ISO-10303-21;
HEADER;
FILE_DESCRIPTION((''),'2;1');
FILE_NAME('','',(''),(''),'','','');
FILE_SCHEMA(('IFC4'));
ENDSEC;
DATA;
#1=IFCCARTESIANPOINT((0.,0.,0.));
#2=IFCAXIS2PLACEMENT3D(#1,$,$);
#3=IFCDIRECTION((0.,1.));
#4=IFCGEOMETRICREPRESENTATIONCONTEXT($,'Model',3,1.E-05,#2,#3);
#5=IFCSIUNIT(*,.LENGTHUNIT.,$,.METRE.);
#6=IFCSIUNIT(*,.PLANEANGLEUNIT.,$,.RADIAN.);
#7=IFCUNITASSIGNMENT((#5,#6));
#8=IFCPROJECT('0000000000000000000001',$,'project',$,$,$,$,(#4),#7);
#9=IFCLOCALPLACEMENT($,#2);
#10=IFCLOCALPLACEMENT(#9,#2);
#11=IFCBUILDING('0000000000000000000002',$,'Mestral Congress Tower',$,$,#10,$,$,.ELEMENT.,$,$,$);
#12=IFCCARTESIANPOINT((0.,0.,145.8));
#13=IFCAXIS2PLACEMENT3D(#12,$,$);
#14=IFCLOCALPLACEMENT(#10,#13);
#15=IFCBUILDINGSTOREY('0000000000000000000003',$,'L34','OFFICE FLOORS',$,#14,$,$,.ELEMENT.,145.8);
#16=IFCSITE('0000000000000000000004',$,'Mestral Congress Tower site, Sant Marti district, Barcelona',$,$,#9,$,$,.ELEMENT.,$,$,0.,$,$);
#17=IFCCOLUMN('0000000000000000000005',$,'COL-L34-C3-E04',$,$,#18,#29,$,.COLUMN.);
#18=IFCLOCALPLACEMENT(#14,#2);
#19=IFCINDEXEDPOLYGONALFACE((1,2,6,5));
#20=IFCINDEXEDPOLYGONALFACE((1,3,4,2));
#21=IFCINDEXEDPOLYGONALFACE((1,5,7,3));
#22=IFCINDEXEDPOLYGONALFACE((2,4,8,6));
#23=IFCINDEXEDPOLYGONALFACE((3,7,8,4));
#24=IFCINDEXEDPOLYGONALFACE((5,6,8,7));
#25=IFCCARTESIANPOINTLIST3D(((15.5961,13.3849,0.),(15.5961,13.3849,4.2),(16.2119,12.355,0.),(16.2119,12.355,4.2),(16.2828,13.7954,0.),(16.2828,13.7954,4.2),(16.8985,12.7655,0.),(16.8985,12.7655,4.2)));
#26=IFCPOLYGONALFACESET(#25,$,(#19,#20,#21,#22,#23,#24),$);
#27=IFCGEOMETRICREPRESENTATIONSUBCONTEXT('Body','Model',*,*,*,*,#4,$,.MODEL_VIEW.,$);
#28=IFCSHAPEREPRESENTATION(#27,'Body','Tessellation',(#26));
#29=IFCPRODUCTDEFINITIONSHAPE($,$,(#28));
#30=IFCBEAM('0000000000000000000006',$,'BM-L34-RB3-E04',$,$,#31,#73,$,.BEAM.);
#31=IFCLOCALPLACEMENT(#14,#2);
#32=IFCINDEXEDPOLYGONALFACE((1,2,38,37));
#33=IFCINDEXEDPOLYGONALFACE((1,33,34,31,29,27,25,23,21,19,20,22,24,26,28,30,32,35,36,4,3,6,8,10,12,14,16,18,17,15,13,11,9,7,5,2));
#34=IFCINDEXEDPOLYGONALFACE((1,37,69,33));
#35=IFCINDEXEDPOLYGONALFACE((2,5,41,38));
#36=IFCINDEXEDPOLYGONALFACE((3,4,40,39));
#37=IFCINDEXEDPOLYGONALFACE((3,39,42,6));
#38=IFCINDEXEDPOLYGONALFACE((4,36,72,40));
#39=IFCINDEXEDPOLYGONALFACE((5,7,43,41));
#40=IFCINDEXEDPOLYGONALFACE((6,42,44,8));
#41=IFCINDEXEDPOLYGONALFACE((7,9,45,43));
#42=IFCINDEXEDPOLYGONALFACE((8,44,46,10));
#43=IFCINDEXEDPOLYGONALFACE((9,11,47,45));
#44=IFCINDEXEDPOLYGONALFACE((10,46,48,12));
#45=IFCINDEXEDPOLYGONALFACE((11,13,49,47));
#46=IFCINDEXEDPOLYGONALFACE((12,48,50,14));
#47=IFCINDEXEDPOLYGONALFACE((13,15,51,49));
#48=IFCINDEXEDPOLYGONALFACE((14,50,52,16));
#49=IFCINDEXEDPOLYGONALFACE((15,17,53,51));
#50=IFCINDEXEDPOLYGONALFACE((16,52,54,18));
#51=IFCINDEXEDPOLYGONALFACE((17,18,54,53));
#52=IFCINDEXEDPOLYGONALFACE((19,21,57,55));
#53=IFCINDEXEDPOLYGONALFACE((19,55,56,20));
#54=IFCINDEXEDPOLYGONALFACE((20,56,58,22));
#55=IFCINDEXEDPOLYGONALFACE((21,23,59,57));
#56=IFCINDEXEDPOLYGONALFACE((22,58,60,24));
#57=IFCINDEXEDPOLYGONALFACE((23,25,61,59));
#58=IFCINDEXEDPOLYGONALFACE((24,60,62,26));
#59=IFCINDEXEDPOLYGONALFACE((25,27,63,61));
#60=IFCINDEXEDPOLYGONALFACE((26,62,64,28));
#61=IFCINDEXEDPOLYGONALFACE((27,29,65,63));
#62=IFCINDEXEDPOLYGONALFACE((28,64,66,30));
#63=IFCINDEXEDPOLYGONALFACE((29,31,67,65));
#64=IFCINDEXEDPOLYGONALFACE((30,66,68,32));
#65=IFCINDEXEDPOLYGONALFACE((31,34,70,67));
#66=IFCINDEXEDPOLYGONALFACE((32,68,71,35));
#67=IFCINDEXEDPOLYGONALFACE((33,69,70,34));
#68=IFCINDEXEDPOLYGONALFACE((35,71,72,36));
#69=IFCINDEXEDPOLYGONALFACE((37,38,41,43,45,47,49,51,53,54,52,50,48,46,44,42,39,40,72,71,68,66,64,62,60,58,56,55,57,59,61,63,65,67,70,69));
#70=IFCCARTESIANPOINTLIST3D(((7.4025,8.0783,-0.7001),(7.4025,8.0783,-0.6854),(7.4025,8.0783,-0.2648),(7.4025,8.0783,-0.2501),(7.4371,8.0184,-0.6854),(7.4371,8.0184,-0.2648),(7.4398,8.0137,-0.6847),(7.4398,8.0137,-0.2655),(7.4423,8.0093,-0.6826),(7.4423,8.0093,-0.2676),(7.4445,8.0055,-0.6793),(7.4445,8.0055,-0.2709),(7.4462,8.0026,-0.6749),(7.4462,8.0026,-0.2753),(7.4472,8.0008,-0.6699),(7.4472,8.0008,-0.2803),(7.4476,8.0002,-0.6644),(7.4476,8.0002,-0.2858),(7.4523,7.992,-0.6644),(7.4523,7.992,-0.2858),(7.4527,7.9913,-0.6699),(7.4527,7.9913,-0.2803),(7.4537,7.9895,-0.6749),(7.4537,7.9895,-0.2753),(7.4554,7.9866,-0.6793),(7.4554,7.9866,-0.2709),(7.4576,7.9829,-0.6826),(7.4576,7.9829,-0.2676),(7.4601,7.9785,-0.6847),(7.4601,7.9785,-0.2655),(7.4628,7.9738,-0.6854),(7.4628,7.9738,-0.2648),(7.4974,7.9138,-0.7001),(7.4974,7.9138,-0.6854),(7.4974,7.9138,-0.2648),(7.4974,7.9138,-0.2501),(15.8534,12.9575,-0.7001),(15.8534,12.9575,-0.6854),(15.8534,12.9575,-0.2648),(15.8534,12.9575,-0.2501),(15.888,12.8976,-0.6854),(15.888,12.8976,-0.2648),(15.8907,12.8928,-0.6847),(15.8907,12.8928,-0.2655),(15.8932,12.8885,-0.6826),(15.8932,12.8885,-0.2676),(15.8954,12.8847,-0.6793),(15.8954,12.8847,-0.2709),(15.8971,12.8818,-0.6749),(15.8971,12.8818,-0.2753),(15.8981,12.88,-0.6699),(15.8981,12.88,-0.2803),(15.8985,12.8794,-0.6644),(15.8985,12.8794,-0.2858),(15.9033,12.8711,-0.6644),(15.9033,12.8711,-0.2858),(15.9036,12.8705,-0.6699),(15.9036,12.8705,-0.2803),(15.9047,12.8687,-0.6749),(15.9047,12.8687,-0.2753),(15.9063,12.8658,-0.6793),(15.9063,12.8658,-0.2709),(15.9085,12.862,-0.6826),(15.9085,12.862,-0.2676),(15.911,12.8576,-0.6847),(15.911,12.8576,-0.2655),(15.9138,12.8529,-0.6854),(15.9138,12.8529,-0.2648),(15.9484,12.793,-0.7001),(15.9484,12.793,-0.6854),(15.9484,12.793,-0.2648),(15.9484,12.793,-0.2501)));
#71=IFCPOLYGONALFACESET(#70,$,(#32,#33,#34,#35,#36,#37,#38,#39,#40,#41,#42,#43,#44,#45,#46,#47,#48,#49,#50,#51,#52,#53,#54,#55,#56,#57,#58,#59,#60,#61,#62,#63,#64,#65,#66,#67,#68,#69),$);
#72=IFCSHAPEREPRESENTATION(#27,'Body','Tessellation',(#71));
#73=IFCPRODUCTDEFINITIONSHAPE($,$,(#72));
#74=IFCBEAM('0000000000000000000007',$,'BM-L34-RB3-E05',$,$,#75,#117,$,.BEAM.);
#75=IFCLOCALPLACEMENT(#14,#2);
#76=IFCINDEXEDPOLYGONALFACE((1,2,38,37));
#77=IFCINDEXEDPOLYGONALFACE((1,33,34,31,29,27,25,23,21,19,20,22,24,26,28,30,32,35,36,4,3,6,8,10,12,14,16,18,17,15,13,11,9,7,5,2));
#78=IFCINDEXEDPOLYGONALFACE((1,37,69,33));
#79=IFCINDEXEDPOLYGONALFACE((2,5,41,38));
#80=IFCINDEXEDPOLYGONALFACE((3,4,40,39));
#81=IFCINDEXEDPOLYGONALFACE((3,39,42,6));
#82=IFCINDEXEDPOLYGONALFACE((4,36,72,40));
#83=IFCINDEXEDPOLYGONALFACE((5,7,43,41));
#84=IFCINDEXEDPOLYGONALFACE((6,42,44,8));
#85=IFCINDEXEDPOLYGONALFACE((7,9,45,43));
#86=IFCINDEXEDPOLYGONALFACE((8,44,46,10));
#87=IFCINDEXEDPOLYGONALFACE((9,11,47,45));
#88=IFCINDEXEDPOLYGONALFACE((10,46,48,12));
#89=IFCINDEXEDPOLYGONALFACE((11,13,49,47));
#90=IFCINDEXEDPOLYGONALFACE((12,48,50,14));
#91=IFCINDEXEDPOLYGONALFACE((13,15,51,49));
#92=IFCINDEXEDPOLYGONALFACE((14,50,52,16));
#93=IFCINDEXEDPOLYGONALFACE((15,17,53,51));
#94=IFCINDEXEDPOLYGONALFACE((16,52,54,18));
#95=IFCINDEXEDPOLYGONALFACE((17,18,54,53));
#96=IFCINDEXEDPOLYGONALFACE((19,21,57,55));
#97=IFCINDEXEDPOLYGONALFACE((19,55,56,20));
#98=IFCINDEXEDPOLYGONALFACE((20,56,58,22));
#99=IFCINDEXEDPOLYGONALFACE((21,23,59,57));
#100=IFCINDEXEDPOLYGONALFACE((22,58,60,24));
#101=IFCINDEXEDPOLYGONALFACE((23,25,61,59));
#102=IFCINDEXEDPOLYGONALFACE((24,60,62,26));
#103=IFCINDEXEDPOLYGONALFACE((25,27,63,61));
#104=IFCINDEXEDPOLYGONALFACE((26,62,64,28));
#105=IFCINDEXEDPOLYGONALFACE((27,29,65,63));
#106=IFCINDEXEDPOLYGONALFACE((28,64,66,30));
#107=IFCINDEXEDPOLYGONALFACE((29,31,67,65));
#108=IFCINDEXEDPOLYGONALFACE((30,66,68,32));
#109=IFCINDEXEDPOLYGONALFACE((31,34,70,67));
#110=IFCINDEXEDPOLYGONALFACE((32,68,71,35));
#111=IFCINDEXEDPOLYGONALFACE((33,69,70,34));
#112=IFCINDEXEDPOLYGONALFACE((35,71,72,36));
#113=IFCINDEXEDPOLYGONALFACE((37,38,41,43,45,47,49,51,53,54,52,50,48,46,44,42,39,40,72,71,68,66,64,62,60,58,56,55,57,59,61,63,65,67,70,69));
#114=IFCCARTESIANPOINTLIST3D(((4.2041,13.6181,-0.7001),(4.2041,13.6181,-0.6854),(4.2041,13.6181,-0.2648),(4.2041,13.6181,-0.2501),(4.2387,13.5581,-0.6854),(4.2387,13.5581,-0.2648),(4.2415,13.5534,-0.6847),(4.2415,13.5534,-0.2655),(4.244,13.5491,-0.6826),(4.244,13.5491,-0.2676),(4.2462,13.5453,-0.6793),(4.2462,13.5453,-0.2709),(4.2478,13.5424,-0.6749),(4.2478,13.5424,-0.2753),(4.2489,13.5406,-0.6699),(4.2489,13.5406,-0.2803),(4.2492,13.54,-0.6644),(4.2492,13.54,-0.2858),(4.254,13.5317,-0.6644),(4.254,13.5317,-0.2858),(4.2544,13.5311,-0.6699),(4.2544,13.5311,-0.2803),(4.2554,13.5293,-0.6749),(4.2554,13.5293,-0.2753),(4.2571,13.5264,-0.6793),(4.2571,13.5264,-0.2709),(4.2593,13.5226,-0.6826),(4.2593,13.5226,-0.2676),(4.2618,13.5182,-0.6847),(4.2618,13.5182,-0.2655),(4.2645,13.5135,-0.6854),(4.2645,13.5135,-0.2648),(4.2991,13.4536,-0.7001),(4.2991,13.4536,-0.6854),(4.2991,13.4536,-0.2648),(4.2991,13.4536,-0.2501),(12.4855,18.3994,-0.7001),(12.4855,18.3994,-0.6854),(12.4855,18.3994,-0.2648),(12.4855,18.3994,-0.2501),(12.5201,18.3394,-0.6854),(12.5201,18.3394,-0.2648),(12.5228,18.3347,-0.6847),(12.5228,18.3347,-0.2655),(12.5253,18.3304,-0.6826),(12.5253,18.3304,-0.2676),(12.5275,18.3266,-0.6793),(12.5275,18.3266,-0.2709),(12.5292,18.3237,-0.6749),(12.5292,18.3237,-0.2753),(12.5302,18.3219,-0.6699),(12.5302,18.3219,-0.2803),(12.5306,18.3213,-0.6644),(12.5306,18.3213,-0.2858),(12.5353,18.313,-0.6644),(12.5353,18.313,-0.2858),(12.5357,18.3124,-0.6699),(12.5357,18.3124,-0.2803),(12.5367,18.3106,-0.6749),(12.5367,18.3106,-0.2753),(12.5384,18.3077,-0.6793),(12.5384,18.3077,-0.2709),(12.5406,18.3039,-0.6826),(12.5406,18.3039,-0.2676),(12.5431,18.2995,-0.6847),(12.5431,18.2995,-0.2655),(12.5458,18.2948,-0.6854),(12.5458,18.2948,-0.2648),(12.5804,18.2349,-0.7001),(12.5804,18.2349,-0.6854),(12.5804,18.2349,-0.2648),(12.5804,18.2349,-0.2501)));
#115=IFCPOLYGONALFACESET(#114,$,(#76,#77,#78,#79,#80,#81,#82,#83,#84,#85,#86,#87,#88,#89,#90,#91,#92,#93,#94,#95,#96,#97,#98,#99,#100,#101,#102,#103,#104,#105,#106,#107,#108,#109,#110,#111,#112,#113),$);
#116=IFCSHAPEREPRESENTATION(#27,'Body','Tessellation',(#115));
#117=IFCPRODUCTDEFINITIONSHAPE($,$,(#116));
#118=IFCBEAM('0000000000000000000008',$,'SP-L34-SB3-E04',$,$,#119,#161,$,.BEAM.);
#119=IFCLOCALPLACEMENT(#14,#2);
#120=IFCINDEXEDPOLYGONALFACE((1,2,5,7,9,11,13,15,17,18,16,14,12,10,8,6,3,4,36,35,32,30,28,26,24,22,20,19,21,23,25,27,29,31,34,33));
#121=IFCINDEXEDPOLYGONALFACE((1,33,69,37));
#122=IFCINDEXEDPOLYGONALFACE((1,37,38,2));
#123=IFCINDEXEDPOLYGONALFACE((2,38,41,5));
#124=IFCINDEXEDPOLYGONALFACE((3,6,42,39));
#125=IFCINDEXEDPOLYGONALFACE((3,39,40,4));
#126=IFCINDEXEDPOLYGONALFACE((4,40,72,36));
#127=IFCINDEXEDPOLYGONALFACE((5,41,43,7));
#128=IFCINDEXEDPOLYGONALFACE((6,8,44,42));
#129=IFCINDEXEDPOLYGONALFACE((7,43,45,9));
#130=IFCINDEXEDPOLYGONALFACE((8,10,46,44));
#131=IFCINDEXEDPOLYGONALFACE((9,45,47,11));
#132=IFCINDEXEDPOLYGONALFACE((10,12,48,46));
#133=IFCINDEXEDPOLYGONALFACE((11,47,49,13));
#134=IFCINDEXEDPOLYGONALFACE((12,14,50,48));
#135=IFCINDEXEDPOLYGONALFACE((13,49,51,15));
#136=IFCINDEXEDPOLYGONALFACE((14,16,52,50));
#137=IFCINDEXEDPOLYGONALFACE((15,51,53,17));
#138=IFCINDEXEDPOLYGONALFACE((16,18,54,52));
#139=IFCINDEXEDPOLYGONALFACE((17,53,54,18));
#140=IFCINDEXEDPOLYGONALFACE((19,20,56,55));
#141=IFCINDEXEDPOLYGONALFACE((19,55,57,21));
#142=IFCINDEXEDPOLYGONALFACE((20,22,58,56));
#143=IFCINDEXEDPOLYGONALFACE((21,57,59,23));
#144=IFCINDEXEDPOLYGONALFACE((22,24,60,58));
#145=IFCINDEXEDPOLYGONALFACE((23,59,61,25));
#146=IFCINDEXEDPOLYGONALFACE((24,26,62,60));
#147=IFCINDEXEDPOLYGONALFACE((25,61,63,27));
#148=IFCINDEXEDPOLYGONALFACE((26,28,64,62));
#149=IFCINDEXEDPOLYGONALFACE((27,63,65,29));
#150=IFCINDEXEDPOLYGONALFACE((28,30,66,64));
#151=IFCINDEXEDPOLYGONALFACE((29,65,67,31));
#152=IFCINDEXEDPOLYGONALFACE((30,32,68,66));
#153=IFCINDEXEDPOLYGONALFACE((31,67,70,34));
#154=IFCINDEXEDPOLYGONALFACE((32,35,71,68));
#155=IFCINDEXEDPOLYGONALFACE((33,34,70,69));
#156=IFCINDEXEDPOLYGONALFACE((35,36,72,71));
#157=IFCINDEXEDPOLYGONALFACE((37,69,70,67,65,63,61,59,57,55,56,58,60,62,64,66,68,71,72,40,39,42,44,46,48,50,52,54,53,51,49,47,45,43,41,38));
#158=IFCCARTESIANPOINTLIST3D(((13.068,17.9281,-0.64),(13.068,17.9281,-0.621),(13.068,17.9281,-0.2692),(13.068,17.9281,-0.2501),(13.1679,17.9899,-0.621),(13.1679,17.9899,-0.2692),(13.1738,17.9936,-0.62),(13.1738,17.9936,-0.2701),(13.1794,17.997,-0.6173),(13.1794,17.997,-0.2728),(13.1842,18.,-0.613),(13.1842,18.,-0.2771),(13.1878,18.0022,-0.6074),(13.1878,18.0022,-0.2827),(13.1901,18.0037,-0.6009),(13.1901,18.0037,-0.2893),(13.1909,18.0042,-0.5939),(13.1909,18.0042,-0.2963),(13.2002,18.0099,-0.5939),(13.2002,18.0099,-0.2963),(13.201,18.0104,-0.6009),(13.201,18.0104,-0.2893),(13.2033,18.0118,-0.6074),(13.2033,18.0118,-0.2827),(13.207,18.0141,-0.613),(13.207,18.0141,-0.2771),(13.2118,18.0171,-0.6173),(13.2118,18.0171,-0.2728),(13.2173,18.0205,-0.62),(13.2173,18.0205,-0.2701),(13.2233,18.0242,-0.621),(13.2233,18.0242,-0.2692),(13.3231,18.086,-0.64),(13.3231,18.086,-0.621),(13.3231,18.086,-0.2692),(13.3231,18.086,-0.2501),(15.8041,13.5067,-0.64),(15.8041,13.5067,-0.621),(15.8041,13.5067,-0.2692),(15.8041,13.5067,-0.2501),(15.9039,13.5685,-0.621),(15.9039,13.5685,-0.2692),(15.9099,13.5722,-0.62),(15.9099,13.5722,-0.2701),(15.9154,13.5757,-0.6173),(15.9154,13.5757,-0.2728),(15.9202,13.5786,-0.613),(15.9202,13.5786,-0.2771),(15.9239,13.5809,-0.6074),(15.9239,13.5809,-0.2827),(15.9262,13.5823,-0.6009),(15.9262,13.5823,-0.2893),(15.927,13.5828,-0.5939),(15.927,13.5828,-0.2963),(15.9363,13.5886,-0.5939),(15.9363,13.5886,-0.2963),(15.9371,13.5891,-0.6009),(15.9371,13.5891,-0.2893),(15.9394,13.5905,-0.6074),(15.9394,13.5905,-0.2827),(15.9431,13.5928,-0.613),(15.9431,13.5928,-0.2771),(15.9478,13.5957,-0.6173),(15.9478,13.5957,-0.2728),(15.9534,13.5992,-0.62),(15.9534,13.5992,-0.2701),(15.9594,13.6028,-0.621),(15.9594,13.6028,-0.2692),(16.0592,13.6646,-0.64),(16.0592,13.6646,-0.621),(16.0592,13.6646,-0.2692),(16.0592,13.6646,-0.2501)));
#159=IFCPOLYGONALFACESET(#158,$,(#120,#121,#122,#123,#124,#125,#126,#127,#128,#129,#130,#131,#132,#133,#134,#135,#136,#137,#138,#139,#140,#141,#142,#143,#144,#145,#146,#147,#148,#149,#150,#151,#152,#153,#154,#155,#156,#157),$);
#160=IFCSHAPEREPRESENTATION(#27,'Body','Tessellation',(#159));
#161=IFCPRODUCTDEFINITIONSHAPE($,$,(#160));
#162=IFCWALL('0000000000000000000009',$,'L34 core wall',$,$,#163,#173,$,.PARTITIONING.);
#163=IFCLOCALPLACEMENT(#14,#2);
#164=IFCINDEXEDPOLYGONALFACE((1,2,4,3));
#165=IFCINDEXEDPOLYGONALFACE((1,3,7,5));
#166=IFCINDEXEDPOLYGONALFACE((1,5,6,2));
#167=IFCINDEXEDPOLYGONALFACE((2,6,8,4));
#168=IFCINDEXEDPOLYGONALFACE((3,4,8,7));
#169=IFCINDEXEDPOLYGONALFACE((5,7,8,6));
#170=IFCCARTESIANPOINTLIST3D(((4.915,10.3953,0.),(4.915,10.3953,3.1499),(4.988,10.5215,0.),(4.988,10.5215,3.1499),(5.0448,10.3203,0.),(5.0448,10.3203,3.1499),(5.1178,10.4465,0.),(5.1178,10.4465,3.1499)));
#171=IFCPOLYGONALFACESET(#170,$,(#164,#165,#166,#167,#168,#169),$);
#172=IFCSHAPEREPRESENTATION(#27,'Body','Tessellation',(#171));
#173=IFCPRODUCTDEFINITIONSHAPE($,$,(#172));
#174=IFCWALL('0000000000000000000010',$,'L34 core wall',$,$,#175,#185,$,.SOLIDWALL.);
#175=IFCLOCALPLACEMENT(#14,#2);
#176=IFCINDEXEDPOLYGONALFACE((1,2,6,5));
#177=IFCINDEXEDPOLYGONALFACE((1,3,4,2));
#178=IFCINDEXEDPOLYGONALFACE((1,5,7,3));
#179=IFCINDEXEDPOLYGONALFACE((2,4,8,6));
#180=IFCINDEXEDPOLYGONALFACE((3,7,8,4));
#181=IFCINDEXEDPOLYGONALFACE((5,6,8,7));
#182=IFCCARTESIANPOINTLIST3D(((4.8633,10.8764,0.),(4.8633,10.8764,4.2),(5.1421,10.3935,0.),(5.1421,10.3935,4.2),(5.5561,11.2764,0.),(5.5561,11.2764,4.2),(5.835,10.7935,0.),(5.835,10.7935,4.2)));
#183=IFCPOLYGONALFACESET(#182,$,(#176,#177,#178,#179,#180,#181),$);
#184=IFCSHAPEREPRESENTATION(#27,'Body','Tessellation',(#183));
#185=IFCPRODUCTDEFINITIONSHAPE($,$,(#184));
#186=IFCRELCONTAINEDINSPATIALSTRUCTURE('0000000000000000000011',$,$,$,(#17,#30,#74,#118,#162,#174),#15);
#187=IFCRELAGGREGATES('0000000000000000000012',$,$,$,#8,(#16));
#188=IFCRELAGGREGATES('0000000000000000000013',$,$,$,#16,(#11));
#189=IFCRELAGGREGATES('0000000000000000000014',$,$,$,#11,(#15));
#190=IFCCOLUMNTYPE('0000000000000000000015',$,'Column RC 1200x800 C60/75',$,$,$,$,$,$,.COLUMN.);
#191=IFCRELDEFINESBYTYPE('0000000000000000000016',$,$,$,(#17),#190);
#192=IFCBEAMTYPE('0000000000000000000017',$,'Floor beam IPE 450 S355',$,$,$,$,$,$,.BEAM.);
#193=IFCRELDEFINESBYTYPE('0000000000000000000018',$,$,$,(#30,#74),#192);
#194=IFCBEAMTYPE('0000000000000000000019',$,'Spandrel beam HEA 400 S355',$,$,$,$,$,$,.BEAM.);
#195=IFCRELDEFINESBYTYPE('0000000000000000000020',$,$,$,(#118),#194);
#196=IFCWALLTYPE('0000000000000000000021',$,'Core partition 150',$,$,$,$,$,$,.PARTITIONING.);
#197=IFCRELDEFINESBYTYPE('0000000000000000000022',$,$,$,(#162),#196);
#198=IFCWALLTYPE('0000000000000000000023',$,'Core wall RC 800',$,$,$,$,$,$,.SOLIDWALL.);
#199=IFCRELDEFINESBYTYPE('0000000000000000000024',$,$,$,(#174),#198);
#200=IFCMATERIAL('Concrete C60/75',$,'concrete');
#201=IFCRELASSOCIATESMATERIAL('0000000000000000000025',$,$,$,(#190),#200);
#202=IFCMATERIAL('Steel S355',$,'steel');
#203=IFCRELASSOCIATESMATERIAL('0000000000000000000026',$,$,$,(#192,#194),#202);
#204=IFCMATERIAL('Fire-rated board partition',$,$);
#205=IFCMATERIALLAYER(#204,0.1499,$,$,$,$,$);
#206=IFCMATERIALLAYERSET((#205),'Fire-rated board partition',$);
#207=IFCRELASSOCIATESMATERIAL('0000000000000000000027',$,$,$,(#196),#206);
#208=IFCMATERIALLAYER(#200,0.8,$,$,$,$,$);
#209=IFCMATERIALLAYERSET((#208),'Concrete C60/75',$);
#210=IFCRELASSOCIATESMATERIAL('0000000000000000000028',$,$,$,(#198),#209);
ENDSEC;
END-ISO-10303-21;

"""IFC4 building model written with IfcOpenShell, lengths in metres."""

from ifc_helpers import new_model, si_unit, direction, frame, frame_2d, origin, origin_2d, place, context, subcontext, project, spatial, rectangle, i_section, extrude, material, layer, layer_set, material_profile, profile_set, type_object, element, save


model = new_model("IFC4")

# Units and contexts
model_context = context("Model", 3, precision=1e-05, world=origin(), true_north=direction((0.0, 1.0)))
body_context = subcontext(model_context, "Body", "Model", "MODEL_VIEW")
ifc_project = project(units=[si_unit("LENGTHUNIT", "METRE"), si_unit("PLANEANGLEUNIT", "RADIAN")], contexts=[model_context])

# Site, building, storey
site_placement = place(None, origin())
site = spatial("IfcSite", under=ifc_project, at=site_placement, Name="Mestral Congress Tower site, Sant Marti district, Barcelona", CompositionType="ELEMENT", RefElevation=0.0)
building_placement = place(site_placement, origin())
building = spatial("IfcBuilding", under=site, at=building_placement, Name="Mestral Congress Tower", CompositionType="ELEMENT")
storey_placement = place(building_placement, frame((0.0, 0.0, 145.8)))
storey = spatial("IfcBuildingStorey", under=building, at=storey_placement, Name="L34", Description="OFFICE FLOORS", CompositionType="ELEMENT", Elevation=145.8)

# Column
ifc_material_1 = material(Name="Concrete C60/75", Category="concrete")
ifc_material_profile_1 = material_profile(ifc_material_1, rectangle(XDim=1.2, YDim=0.8, at=origin_2d()), Name="RC 1200x800")
ifc_profile_set_1 = profile_set([ifc_material_profile_1], Name="Concrete C60/75")
column_type = type_object("IfcColumnType", Name="Column RC 1200x800 C60/75", PredefinedType="COLUMN", material=ifc_profile_set_1)
column_placement = place(storey_placement, frame((16.2473, 13.0752, 0.0), z_axis=(0.0, 0.0, 1.0), x_axis=(-0.513159, 0.858293, 0.0)))
element("IfcColumn", 1, at=column_placement, inside=storey, type_object=column_type, Name="COL-L34-C3-E04", PredefinedType="COLUMN", context=body_context, shape_type="SweptSolid", body=[
    extrude(rectangle(XDim=1.2, YDim=0.8, at=origin_2d()), origin(), (0.0, 0.0, 1.0), 4.2),
])

# Beams
ifc_material_2 = material(Name="Steel S355", Category="steel")
ifc_material_profile_2 = material_profile(ifc_material_2, i_section(OverallWidth=0.1899, OverallDepth=0.45, WebThickness=0.0095, FlangeThickness=0.0146, FilletRadius=0.021, at=origin_2d()), Name="IPE 450")
ifc_profile_set_2 = profile_set([ifc_material_profile_2], Name="Steel S355")
beam_type_1 = type_object("IfcBeamType", Name="Floor beam IPE 450 S355", PredefinedType="BEAM", material=ifc_profile_set_2)
beam_1_placement = place(storey_placement, frame((15.9009, 12.8752, -0.4751), z_axis=(-0.866025, -0.5, 0.0), x_axis=(0.5, -0.866025, 0.0)))
element("IfcBeam", 2, at=beam_1_placement, inside=storey, type_object=beam_type_1, Name="BM-L34-RB3-E04", PredefinedType="BEAM", context=body_context, shape_type="SweptSolid", body=[
    extrude(i_section(OverallWidth=0.1899, OverallDepth=0.45, WebThickness=0.0095, FlangeThickness=0.0146, FilletRadius=0.021, at=origin_2d()), origin(), (0.0, 0.0, 1.0), 9.7583),
])
beam_2_placement = place(storey_placement, frame((12.533, 18.3171, -0.4751), z_axis=(-0.866022, -0.500005, 0.0), x_axis=(0.500005, -0.866022, 0.0)))
element("IfcBeam", 3, at=beam_2_placement, inside=storey, type_object=beam_type_1, Name="BM-L34-RB3-E05", PredefinedType="BEAM", context=body_context, shape_type="SweptSolid", body=[
    extrude(i_section(OverallWidth=0.1899, OverallDepth=0.45, WebThickness=0.0095, FlangeThickness=0.0146, FilletRadius=0.021, at=origin_2d()), origin(), (0.0, 0.0, 1.0), 9.5625),
])
ifc_material_profile_3 = material_profile(ifc_material_2, i_section(OverallWidth=0.3, OverallDepth=0.3899, WebThickness=0.011, FlangeThickness=0.019, FilletRadius=0.0271, at=origin_2d()), Name="HEA 400")
ifc_profile_set_3 = profile_set([ifc_material_profile_3], Name="Steel S355")
beam_type_2 = type_object("IfcBeamType", Name="Spandrel beam HEA 400 S355", PredefinedType="BEAM", material=ifc_profile_set_3)
beam_3_placement = place(storey_placement, frame((15.9316, 13.5857, -0.4451), z_axis=(-0.52622, 0.850348, 0.0), x_axis=(-0.850348, -0.52622, 0.0)))
element("IfcBeam", 4, at=beam_3_placement, inside=storey, type_object=beam_type_2, Name="SP-L34-SB3-E04", PredefinedType="BEAM", context=body_context, shape_type="SweptSolid", body=[
    extrude(i_section(OverallWidth=0.3, OverallDepth=0.3899, WebThickness=0.011, FlangeThickness=0.019, FilletRadius=0.0271, at=origin_2d()), origin(), (0.0, 0.0, 1.0), 5.1995),
])

# Walls
ifc_material_3 = material(Name="Fire-rated board partition")
ifc_layer_1 = layer(ifc_material_3, 0.1499)
ifc_layer_set_1 = layer_set([ifc_layer_1], Name="Fire-rated board partition")
wall_type_1 = type_object("IfcWallType", Name="Core partition 150", PredefinedType="PARTITIONING", material=ifc_layer_set_1)
wall_1_placement = place(storey_placement, frame((4.98, 10.3579, 0.0), z_axis=(0.0, 0.0, 1.0), x_axis=(0.50064, 0.865655, 0.0)))
element("IfcWall", 5, at=wall_1_placement, inside=storey, type_object=wall_type_1, Name="L34 core wall", PredefinedType="PARTITIONING", context=body_context, shape_type="SweptSolid", body=[
    extrude(rectangle(XDim=0.1458, YDim=0.1499, at=frame_2d((0.0728, 0.0))), origin(), (0.0, 0.0, 1.0), 3.1499),
])
ifc_layer_2 = layer(ifc_material_1, 0.8)
ifc_layer_set_2 = layer_set([ifc_layer_2], Name="Concrete C60/75")
wall_type_2 = type_object("IfcWallType", Name="Core wall RC 800", PredefinedType="SOLIDWALL", material=ifc_layer_set_2)
wall_2_placement = place(storey_placement, frame((5.4885, 10.5935, 0.0), z_axis=(0.0, 0.0, 1.0), x_axis=(-0.5, 0.866025, 0.0)))
element("IfcWall", 6, at=wall_2_placement, inside=storey, type_object=wall_type_2, Name="L34 core wall", PredefinedType="SOLIDWALL", context=body_context, shape_type="SweptSolid", body=[
    extrude(rectangle(XDim=0.5576, YDim=0.8, at=frame_2d((0.2788, 0.0))), origin(), (0.0, 0.0, 1.0), 4.2),
])

save(model, "model.ifc")
